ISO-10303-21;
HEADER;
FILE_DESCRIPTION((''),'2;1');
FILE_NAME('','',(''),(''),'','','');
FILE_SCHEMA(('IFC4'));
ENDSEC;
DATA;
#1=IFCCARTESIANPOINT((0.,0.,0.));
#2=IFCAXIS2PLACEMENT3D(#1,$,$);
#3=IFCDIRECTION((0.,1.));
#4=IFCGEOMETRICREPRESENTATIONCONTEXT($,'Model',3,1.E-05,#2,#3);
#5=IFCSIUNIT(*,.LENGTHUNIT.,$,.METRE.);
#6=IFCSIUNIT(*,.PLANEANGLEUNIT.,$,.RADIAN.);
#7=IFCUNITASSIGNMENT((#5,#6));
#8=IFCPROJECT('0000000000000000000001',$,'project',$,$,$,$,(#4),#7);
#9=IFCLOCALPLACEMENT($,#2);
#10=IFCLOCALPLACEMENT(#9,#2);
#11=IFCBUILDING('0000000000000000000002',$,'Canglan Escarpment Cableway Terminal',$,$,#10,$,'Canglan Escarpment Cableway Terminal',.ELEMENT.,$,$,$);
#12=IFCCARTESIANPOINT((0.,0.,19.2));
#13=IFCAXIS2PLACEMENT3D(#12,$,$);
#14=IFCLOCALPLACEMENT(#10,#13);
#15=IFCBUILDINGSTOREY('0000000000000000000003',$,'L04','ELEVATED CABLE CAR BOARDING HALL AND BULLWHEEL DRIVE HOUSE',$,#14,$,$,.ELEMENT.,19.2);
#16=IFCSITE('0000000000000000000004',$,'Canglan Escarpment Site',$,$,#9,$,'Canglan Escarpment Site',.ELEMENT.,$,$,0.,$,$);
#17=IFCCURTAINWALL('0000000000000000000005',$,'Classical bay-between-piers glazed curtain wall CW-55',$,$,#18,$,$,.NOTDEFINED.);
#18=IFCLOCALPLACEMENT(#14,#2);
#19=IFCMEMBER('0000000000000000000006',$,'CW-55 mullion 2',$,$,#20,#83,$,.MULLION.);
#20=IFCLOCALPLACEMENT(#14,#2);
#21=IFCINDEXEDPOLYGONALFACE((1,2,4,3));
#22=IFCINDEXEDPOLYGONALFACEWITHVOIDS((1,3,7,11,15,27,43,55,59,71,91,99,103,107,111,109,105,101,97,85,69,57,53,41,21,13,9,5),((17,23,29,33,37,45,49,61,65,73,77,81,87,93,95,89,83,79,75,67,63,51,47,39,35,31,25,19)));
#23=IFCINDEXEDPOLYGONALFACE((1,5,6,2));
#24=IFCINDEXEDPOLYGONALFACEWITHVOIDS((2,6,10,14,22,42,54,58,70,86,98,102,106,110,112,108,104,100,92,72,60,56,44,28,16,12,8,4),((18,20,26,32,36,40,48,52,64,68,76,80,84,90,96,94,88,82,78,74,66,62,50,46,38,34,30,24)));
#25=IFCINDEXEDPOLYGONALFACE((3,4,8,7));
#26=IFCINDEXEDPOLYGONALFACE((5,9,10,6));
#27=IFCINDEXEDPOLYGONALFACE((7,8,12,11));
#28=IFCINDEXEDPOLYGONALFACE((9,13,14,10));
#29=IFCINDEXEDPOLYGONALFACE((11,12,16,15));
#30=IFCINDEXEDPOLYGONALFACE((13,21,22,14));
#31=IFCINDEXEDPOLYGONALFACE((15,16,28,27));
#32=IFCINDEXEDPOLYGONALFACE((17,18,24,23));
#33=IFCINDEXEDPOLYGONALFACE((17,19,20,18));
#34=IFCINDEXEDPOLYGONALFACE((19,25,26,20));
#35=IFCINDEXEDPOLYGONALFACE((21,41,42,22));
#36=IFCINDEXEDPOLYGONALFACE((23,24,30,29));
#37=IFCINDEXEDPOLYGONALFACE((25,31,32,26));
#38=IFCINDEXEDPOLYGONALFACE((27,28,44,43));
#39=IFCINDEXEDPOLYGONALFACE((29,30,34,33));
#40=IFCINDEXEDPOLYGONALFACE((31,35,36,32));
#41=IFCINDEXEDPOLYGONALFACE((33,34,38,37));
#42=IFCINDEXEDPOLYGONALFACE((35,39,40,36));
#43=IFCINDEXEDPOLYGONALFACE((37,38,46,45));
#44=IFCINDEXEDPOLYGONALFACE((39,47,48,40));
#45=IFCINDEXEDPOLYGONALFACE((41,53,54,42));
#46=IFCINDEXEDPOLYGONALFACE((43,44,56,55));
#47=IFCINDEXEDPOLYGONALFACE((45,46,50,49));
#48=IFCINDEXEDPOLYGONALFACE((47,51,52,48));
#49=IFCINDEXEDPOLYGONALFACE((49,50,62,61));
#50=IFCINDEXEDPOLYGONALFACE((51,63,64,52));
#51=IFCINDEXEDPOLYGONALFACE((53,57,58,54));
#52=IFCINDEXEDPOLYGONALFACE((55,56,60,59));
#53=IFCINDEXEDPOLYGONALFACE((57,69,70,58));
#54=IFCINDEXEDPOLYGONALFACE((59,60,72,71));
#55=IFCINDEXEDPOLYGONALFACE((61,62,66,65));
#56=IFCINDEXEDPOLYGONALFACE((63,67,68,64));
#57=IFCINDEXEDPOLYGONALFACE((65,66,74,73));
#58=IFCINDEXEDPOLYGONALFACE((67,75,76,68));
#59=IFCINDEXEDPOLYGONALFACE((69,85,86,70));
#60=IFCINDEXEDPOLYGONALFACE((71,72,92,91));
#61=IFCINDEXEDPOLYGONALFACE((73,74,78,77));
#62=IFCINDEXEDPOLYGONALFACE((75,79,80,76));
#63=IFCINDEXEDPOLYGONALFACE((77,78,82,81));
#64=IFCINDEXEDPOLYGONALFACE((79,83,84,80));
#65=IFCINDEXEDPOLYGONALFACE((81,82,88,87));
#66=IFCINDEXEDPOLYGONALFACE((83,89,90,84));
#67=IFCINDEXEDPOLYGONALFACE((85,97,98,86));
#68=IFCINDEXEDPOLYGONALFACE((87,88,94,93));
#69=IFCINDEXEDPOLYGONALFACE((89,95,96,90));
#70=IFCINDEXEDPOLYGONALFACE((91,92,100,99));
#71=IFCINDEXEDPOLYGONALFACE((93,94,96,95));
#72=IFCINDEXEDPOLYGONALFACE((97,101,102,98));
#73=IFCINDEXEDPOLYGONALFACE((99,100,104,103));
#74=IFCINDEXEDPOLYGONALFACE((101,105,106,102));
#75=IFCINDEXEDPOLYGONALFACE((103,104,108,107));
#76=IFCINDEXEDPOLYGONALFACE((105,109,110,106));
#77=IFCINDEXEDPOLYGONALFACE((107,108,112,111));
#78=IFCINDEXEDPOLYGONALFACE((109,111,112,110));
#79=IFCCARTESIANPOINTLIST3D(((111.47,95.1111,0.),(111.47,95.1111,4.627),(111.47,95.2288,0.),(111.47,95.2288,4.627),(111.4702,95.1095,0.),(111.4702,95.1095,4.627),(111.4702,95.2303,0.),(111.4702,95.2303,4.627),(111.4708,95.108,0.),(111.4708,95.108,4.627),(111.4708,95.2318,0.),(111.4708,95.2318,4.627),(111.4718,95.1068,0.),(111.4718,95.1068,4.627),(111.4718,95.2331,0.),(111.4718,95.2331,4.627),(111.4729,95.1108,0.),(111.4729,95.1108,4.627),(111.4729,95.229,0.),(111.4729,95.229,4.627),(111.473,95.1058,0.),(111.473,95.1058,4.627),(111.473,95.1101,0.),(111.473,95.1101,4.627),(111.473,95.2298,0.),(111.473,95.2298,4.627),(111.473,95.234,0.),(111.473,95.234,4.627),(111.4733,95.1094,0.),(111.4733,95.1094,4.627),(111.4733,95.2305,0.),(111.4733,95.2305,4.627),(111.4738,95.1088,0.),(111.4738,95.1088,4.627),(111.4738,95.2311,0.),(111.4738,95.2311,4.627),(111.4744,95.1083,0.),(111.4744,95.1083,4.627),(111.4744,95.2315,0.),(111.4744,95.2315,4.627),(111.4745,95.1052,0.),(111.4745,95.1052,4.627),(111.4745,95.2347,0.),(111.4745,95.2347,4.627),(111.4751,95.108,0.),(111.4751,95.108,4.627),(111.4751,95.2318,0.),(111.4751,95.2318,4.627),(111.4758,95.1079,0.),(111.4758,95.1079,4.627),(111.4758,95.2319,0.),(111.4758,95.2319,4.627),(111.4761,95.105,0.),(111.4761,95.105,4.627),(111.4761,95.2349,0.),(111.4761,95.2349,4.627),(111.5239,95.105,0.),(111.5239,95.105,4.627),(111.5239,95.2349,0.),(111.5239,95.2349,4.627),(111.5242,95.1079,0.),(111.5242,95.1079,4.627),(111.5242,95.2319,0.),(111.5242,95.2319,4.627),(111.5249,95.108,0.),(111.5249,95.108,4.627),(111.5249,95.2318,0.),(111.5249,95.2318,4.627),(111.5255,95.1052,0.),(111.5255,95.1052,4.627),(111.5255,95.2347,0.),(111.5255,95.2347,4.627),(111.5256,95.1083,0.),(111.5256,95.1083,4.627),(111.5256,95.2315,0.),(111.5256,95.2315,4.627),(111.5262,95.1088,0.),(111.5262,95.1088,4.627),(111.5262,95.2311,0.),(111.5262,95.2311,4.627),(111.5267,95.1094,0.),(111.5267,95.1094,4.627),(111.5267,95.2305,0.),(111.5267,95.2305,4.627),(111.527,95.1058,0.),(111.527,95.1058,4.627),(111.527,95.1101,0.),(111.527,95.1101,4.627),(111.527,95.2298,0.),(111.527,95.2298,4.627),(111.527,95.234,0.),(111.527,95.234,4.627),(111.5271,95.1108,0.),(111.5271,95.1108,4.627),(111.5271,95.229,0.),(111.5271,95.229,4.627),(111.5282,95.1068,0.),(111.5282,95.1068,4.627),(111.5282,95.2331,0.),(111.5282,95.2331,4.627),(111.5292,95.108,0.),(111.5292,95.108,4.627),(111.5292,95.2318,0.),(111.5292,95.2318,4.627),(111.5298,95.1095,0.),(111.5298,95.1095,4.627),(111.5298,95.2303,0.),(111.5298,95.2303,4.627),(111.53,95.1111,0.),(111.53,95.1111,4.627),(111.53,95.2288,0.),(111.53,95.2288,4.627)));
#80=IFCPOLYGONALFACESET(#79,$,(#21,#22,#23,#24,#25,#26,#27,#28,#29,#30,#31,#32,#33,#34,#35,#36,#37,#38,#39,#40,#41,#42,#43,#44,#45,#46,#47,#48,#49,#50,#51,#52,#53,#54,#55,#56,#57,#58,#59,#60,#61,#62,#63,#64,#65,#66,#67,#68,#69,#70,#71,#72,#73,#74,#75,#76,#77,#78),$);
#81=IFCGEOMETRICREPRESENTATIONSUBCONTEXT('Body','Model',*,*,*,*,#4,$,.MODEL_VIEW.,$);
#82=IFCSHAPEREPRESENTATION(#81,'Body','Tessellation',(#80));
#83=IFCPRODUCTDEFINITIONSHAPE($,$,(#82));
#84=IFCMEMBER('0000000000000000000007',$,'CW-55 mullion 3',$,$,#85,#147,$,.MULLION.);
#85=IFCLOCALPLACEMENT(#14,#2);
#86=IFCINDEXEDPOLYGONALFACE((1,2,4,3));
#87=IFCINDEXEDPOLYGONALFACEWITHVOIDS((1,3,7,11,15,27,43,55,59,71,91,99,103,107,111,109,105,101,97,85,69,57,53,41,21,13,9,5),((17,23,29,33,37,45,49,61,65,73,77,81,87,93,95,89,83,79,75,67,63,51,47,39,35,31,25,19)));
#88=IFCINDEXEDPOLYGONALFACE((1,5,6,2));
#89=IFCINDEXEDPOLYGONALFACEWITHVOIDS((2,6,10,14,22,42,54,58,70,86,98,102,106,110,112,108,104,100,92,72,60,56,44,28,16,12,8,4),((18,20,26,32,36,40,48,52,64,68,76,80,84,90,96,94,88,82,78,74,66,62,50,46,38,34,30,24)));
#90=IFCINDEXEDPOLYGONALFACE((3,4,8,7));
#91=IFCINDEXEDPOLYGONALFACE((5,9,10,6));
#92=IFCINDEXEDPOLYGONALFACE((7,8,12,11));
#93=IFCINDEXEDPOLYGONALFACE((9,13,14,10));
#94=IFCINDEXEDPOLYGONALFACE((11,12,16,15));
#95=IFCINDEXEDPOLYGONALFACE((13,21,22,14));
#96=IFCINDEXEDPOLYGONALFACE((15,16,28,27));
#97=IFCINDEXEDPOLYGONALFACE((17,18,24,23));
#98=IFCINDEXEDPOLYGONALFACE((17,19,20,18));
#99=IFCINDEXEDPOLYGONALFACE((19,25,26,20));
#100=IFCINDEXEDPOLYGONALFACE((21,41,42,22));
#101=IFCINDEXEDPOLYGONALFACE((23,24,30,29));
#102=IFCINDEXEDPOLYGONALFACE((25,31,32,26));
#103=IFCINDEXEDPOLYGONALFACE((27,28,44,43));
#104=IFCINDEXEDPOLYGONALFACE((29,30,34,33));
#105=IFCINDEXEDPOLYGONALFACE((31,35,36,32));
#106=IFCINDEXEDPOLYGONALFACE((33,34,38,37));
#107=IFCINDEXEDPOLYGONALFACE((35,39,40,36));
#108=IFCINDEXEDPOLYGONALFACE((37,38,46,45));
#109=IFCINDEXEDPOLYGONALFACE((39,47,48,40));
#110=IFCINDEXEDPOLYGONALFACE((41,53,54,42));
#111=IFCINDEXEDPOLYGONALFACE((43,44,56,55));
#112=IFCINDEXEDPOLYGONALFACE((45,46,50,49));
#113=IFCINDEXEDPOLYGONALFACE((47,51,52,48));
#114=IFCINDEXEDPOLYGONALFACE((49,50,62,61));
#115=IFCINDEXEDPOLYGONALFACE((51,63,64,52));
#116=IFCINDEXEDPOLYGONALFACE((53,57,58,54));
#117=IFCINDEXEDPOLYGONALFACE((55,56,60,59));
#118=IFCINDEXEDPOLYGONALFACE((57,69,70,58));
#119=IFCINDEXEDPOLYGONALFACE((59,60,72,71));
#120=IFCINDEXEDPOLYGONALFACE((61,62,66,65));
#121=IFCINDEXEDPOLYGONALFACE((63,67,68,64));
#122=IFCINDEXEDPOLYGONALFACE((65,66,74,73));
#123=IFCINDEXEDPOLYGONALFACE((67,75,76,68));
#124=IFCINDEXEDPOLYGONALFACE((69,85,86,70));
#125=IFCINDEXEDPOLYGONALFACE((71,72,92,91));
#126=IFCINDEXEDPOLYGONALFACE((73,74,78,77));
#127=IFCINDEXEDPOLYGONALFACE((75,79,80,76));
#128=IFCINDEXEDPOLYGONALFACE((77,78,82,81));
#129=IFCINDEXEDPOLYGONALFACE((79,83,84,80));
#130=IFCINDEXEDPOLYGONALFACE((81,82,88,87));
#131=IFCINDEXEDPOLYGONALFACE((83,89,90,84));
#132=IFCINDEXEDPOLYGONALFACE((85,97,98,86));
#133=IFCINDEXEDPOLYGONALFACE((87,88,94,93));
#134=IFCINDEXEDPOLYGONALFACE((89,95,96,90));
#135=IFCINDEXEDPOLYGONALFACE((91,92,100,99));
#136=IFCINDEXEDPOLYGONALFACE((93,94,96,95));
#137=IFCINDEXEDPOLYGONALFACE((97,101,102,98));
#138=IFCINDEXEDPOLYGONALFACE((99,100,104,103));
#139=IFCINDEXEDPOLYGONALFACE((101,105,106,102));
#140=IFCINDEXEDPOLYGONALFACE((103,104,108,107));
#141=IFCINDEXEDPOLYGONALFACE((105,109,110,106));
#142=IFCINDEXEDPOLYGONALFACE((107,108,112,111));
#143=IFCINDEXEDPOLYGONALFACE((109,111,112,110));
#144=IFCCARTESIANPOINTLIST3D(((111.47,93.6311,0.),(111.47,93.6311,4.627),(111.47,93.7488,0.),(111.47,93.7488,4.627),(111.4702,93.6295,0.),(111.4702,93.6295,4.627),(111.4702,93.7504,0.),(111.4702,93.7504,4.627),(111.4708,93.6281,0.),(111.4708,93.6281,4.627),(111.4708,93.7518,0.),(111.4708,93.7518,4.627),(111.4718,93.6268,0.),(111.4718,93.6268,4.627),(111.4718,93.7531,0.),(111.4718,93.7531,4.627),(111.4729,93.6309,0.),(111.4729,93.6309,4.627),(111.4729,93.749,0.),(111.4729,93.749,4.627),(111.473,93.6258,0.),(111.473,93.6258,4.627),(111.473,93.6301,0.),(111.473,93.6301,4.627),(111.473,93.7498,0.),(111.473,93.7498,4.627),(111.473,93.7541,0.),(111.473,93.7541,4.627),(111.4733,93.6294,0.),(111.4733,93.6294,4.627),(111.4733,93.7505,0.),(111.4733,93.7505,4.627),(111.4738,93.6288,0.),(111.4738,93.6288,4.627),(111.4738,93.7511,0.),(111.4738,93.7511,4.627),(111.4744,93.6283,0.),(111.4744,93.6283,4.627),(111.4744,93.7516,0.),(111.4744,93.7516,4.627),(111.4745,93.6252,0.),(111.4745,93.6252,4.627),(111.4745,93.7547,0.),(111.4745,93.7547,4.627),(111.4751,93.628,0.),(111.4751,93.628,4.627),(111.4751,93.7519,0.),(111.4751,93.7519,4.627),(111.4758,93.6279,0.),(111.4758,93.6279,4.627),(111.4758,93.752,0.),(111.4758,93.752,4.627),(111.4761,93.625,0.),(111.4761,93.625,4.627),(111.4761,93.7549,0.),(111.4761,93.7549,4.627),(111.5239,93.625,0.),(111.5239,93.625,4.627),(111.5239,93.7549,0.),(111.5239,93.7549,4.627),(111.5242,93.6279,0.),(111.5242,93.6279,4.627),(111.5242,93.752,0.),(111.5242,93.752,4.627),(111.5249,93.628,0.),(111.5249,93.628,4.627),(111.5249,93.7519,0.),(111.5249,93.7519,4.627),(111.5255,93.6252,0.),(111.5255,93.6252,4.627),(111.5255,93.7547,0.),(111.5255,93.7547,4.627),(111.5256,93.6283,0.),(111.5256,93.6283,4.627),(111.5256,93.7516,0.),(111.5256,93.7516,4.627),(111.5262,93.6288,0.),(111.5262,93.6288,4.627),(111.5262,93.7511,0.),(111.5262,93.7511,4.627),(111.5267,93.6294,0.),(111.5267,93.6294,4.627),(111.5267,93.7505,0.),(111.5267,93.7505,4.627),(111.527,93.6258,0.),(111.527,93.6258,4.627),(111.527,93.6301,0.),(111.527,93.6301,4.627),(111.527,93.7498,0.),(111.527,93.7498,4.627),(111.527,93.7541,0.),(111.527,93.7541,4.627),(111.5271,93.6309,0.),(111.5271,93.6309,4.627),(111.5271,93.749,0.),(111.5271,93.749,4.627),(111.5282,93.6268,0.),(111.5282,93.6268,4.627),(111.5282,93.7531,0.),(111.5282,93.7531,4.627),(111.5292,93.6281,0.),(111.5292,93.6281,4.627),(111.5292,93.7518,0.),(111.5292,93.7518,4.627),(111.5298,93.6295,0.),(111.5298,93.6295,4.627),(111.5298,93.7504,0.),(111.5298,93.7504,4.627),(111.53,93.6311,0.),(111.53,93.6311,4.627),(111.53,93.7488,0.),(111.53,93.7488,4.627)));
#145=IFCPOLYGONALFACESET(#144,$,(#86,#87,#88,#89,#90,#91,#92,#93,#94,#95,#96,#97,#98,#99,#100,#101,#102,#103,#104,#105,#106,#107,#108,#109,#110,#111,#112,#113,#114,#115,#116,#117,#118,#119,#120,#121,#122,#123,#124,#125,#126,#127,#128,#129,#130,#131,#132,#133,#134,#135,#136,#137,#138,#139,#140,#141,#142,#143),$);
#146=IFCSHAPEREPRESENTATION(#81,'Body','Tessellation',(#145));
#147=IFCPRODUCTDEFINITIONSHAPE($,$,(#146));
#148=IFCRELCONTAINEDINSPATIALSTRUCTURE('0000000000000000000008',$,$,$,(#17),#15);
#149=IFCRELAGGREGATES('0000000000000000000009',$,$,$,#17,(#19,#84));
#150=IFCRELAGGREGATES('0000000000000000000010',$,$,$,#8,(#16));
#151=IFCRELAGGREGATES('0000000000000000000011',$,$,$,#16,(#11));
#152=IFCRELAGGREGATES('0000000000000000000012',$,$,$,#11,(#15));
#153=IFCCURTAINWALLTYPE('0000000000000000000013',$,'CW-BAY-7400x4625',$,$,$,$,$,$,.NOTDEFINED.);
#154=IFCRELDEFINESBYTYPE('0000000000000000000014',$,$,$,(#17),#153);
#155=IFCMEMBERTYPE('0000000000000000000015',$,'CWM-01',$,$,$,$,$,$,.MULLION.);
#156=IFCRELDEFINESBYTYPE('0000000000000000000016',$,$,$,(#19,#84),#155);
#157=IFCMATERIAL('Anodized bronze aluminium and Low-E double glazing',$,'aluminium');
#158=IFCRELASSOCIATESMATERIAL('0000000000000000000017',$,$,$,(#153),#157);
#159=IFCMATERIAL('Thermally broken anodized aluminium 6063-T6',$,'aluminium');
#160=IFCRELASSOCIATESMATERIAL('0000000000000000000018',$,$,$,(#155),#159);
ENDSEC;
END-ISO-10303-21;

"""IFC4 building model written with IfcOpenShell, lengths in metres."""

from ifc_helpers import new_model, si_unit, direction, frame, origin, origin_2d, place, context, subcontext, project, spatial, hollow_rectangle, extrude, material, material_profile, profile_set, type_object, element, aggregate, save


model = new_model("IFC4")

# Units and contexts
model_context = context("Model", 3, precision=1e-05, world=origin(), true_north=direction((0.0, 1.0)))
body_context = subcontext(model_context, "Body", "Model", "MODEL_VIEW")
ifc_project = project(units=[si_unit("LENGTHUNIT", "METRE"), si_unit("PLANEANGLEUNIT", "RADIAN")], contexts=[model_context])

# Site, building, storey
site_placement = place(None, origin())
site = spatial("IfcSite", under=ifc_project, at=site_placement, Name="Canglan Escarpment Site", LongName="Canglan Escarpment Site", CompositionType="ELEMENT", RefElevation=0.0)
building_placement = place(site_placement, origin())
building = spatial("IfcBuilding", under=site, at=building_placement, Name="Canglan Escarpment Cableway Terminal", LongName="Canglan Escarpment Cableway Terminal", CompositionType="ELEMENT")
storey_placement = place(building_placement, frame((0.0, 0.0, 19.2)))
storey = spatial("IfcBuildingStorey", under=building, at=storey_placement, Name="L04", Description="ELEVATED CABLE CAR BOARDING HALL AND BULLWHEEL DRIVE HOUSE", CompositionType="ELEMENT", Elevation=19.2)

# Curtain wall, members
ifc_material_1 = material(Name="Anodized bronze aluminium and Low-E double glazing", Category="aluminium")
curtain_wall_type_1 = type_object("IfcCurtainWallType", Name="CW-BAY-7400x4625", PredefinedType="NOTDEFINED", material=ifc_material_1)
curtain_wall_1_placement = place(storey_placement, origin())
curtain_wall_1 = element("IfcCurtainWall", 1, at=curtain_wall_1_placement, inside=storey, type_object=curtain_wall_type_1, Name="Classical bay-between-piers glazed curtain wall CW-55", PredefinedType="NOTDEFINED")
ifc_material_2 = material(Name="Thermally broken anodized aluminium 6063-T6", Category="aluminium")
ifc_material_profile_1 = material_profile(ifc_material_2, hollow_rectangle(XDim=0.0601, YDim=0.1299, WallThickness=0.0029, InnerFilletRadius=0.0029, OuterFilletRadius=0.0061, at=origin_2d()), Name="ALU-MULL 60x130x3")
ifc_profile_set_1 = profile_set([ifc_material_profile_1], Name="Thermally broken anodized aluminium 6063-T6")
member_type_1 = type_object("IfcMemberType", Name="CWM-01", PredefinedType="MULLION", material=ifc_profile_set_1)
member_1_placement = place(storey_placement, frame((111.5, 95.1699, 0.0), z_axis=(0.0, 0.0, 1.0), x_axis=(1.0, 0.0, 0.0)))
member_1 = element("IfcMember", 2, at=member_1_placement, type_object=member_type_1, Name="CW-55 mullion 2", PredefinedType="MULLION", context=body_context, shape_type="SweptSolid", body=[
    extrude(hollow_rectangle(XDim=0.0601, YDim=0.1299, WallThickness=0.0029, InnerFilletRadius=0.0029, OuterFilletRadius=0.0061, at=origin_2d()), origin(), (0.0, 0.0, 1.0), 4.627),
])
member_2_placement = place(storey_placement, frame((111.5, 93.6899, 0.0), z_axis=(0.0, 0.0, 1.0), x_axis=(1.0, 0.0, 0.0)))
member_2 = element("IfcMember", 3, at=member_2_placement, type_object=member_type_1, Name="CW-55 mullion 3", PredefinedType="MULLION", context=body_context, shape_type="SweptSolid", body=[
    extrude(hollow_rectangle(XDim=0.0601, YDim=0.1299, WallThickness=0.0029, InnerFilletRadius=0.0029, OuterFilletRadius=0.0061, at=origin_2d()), origin(), (0.0, 0.0, 1.0), 4.627),
])

aggregate(curtain_wall_1, [member_1, member_2])

save(model, "model.ifc")
